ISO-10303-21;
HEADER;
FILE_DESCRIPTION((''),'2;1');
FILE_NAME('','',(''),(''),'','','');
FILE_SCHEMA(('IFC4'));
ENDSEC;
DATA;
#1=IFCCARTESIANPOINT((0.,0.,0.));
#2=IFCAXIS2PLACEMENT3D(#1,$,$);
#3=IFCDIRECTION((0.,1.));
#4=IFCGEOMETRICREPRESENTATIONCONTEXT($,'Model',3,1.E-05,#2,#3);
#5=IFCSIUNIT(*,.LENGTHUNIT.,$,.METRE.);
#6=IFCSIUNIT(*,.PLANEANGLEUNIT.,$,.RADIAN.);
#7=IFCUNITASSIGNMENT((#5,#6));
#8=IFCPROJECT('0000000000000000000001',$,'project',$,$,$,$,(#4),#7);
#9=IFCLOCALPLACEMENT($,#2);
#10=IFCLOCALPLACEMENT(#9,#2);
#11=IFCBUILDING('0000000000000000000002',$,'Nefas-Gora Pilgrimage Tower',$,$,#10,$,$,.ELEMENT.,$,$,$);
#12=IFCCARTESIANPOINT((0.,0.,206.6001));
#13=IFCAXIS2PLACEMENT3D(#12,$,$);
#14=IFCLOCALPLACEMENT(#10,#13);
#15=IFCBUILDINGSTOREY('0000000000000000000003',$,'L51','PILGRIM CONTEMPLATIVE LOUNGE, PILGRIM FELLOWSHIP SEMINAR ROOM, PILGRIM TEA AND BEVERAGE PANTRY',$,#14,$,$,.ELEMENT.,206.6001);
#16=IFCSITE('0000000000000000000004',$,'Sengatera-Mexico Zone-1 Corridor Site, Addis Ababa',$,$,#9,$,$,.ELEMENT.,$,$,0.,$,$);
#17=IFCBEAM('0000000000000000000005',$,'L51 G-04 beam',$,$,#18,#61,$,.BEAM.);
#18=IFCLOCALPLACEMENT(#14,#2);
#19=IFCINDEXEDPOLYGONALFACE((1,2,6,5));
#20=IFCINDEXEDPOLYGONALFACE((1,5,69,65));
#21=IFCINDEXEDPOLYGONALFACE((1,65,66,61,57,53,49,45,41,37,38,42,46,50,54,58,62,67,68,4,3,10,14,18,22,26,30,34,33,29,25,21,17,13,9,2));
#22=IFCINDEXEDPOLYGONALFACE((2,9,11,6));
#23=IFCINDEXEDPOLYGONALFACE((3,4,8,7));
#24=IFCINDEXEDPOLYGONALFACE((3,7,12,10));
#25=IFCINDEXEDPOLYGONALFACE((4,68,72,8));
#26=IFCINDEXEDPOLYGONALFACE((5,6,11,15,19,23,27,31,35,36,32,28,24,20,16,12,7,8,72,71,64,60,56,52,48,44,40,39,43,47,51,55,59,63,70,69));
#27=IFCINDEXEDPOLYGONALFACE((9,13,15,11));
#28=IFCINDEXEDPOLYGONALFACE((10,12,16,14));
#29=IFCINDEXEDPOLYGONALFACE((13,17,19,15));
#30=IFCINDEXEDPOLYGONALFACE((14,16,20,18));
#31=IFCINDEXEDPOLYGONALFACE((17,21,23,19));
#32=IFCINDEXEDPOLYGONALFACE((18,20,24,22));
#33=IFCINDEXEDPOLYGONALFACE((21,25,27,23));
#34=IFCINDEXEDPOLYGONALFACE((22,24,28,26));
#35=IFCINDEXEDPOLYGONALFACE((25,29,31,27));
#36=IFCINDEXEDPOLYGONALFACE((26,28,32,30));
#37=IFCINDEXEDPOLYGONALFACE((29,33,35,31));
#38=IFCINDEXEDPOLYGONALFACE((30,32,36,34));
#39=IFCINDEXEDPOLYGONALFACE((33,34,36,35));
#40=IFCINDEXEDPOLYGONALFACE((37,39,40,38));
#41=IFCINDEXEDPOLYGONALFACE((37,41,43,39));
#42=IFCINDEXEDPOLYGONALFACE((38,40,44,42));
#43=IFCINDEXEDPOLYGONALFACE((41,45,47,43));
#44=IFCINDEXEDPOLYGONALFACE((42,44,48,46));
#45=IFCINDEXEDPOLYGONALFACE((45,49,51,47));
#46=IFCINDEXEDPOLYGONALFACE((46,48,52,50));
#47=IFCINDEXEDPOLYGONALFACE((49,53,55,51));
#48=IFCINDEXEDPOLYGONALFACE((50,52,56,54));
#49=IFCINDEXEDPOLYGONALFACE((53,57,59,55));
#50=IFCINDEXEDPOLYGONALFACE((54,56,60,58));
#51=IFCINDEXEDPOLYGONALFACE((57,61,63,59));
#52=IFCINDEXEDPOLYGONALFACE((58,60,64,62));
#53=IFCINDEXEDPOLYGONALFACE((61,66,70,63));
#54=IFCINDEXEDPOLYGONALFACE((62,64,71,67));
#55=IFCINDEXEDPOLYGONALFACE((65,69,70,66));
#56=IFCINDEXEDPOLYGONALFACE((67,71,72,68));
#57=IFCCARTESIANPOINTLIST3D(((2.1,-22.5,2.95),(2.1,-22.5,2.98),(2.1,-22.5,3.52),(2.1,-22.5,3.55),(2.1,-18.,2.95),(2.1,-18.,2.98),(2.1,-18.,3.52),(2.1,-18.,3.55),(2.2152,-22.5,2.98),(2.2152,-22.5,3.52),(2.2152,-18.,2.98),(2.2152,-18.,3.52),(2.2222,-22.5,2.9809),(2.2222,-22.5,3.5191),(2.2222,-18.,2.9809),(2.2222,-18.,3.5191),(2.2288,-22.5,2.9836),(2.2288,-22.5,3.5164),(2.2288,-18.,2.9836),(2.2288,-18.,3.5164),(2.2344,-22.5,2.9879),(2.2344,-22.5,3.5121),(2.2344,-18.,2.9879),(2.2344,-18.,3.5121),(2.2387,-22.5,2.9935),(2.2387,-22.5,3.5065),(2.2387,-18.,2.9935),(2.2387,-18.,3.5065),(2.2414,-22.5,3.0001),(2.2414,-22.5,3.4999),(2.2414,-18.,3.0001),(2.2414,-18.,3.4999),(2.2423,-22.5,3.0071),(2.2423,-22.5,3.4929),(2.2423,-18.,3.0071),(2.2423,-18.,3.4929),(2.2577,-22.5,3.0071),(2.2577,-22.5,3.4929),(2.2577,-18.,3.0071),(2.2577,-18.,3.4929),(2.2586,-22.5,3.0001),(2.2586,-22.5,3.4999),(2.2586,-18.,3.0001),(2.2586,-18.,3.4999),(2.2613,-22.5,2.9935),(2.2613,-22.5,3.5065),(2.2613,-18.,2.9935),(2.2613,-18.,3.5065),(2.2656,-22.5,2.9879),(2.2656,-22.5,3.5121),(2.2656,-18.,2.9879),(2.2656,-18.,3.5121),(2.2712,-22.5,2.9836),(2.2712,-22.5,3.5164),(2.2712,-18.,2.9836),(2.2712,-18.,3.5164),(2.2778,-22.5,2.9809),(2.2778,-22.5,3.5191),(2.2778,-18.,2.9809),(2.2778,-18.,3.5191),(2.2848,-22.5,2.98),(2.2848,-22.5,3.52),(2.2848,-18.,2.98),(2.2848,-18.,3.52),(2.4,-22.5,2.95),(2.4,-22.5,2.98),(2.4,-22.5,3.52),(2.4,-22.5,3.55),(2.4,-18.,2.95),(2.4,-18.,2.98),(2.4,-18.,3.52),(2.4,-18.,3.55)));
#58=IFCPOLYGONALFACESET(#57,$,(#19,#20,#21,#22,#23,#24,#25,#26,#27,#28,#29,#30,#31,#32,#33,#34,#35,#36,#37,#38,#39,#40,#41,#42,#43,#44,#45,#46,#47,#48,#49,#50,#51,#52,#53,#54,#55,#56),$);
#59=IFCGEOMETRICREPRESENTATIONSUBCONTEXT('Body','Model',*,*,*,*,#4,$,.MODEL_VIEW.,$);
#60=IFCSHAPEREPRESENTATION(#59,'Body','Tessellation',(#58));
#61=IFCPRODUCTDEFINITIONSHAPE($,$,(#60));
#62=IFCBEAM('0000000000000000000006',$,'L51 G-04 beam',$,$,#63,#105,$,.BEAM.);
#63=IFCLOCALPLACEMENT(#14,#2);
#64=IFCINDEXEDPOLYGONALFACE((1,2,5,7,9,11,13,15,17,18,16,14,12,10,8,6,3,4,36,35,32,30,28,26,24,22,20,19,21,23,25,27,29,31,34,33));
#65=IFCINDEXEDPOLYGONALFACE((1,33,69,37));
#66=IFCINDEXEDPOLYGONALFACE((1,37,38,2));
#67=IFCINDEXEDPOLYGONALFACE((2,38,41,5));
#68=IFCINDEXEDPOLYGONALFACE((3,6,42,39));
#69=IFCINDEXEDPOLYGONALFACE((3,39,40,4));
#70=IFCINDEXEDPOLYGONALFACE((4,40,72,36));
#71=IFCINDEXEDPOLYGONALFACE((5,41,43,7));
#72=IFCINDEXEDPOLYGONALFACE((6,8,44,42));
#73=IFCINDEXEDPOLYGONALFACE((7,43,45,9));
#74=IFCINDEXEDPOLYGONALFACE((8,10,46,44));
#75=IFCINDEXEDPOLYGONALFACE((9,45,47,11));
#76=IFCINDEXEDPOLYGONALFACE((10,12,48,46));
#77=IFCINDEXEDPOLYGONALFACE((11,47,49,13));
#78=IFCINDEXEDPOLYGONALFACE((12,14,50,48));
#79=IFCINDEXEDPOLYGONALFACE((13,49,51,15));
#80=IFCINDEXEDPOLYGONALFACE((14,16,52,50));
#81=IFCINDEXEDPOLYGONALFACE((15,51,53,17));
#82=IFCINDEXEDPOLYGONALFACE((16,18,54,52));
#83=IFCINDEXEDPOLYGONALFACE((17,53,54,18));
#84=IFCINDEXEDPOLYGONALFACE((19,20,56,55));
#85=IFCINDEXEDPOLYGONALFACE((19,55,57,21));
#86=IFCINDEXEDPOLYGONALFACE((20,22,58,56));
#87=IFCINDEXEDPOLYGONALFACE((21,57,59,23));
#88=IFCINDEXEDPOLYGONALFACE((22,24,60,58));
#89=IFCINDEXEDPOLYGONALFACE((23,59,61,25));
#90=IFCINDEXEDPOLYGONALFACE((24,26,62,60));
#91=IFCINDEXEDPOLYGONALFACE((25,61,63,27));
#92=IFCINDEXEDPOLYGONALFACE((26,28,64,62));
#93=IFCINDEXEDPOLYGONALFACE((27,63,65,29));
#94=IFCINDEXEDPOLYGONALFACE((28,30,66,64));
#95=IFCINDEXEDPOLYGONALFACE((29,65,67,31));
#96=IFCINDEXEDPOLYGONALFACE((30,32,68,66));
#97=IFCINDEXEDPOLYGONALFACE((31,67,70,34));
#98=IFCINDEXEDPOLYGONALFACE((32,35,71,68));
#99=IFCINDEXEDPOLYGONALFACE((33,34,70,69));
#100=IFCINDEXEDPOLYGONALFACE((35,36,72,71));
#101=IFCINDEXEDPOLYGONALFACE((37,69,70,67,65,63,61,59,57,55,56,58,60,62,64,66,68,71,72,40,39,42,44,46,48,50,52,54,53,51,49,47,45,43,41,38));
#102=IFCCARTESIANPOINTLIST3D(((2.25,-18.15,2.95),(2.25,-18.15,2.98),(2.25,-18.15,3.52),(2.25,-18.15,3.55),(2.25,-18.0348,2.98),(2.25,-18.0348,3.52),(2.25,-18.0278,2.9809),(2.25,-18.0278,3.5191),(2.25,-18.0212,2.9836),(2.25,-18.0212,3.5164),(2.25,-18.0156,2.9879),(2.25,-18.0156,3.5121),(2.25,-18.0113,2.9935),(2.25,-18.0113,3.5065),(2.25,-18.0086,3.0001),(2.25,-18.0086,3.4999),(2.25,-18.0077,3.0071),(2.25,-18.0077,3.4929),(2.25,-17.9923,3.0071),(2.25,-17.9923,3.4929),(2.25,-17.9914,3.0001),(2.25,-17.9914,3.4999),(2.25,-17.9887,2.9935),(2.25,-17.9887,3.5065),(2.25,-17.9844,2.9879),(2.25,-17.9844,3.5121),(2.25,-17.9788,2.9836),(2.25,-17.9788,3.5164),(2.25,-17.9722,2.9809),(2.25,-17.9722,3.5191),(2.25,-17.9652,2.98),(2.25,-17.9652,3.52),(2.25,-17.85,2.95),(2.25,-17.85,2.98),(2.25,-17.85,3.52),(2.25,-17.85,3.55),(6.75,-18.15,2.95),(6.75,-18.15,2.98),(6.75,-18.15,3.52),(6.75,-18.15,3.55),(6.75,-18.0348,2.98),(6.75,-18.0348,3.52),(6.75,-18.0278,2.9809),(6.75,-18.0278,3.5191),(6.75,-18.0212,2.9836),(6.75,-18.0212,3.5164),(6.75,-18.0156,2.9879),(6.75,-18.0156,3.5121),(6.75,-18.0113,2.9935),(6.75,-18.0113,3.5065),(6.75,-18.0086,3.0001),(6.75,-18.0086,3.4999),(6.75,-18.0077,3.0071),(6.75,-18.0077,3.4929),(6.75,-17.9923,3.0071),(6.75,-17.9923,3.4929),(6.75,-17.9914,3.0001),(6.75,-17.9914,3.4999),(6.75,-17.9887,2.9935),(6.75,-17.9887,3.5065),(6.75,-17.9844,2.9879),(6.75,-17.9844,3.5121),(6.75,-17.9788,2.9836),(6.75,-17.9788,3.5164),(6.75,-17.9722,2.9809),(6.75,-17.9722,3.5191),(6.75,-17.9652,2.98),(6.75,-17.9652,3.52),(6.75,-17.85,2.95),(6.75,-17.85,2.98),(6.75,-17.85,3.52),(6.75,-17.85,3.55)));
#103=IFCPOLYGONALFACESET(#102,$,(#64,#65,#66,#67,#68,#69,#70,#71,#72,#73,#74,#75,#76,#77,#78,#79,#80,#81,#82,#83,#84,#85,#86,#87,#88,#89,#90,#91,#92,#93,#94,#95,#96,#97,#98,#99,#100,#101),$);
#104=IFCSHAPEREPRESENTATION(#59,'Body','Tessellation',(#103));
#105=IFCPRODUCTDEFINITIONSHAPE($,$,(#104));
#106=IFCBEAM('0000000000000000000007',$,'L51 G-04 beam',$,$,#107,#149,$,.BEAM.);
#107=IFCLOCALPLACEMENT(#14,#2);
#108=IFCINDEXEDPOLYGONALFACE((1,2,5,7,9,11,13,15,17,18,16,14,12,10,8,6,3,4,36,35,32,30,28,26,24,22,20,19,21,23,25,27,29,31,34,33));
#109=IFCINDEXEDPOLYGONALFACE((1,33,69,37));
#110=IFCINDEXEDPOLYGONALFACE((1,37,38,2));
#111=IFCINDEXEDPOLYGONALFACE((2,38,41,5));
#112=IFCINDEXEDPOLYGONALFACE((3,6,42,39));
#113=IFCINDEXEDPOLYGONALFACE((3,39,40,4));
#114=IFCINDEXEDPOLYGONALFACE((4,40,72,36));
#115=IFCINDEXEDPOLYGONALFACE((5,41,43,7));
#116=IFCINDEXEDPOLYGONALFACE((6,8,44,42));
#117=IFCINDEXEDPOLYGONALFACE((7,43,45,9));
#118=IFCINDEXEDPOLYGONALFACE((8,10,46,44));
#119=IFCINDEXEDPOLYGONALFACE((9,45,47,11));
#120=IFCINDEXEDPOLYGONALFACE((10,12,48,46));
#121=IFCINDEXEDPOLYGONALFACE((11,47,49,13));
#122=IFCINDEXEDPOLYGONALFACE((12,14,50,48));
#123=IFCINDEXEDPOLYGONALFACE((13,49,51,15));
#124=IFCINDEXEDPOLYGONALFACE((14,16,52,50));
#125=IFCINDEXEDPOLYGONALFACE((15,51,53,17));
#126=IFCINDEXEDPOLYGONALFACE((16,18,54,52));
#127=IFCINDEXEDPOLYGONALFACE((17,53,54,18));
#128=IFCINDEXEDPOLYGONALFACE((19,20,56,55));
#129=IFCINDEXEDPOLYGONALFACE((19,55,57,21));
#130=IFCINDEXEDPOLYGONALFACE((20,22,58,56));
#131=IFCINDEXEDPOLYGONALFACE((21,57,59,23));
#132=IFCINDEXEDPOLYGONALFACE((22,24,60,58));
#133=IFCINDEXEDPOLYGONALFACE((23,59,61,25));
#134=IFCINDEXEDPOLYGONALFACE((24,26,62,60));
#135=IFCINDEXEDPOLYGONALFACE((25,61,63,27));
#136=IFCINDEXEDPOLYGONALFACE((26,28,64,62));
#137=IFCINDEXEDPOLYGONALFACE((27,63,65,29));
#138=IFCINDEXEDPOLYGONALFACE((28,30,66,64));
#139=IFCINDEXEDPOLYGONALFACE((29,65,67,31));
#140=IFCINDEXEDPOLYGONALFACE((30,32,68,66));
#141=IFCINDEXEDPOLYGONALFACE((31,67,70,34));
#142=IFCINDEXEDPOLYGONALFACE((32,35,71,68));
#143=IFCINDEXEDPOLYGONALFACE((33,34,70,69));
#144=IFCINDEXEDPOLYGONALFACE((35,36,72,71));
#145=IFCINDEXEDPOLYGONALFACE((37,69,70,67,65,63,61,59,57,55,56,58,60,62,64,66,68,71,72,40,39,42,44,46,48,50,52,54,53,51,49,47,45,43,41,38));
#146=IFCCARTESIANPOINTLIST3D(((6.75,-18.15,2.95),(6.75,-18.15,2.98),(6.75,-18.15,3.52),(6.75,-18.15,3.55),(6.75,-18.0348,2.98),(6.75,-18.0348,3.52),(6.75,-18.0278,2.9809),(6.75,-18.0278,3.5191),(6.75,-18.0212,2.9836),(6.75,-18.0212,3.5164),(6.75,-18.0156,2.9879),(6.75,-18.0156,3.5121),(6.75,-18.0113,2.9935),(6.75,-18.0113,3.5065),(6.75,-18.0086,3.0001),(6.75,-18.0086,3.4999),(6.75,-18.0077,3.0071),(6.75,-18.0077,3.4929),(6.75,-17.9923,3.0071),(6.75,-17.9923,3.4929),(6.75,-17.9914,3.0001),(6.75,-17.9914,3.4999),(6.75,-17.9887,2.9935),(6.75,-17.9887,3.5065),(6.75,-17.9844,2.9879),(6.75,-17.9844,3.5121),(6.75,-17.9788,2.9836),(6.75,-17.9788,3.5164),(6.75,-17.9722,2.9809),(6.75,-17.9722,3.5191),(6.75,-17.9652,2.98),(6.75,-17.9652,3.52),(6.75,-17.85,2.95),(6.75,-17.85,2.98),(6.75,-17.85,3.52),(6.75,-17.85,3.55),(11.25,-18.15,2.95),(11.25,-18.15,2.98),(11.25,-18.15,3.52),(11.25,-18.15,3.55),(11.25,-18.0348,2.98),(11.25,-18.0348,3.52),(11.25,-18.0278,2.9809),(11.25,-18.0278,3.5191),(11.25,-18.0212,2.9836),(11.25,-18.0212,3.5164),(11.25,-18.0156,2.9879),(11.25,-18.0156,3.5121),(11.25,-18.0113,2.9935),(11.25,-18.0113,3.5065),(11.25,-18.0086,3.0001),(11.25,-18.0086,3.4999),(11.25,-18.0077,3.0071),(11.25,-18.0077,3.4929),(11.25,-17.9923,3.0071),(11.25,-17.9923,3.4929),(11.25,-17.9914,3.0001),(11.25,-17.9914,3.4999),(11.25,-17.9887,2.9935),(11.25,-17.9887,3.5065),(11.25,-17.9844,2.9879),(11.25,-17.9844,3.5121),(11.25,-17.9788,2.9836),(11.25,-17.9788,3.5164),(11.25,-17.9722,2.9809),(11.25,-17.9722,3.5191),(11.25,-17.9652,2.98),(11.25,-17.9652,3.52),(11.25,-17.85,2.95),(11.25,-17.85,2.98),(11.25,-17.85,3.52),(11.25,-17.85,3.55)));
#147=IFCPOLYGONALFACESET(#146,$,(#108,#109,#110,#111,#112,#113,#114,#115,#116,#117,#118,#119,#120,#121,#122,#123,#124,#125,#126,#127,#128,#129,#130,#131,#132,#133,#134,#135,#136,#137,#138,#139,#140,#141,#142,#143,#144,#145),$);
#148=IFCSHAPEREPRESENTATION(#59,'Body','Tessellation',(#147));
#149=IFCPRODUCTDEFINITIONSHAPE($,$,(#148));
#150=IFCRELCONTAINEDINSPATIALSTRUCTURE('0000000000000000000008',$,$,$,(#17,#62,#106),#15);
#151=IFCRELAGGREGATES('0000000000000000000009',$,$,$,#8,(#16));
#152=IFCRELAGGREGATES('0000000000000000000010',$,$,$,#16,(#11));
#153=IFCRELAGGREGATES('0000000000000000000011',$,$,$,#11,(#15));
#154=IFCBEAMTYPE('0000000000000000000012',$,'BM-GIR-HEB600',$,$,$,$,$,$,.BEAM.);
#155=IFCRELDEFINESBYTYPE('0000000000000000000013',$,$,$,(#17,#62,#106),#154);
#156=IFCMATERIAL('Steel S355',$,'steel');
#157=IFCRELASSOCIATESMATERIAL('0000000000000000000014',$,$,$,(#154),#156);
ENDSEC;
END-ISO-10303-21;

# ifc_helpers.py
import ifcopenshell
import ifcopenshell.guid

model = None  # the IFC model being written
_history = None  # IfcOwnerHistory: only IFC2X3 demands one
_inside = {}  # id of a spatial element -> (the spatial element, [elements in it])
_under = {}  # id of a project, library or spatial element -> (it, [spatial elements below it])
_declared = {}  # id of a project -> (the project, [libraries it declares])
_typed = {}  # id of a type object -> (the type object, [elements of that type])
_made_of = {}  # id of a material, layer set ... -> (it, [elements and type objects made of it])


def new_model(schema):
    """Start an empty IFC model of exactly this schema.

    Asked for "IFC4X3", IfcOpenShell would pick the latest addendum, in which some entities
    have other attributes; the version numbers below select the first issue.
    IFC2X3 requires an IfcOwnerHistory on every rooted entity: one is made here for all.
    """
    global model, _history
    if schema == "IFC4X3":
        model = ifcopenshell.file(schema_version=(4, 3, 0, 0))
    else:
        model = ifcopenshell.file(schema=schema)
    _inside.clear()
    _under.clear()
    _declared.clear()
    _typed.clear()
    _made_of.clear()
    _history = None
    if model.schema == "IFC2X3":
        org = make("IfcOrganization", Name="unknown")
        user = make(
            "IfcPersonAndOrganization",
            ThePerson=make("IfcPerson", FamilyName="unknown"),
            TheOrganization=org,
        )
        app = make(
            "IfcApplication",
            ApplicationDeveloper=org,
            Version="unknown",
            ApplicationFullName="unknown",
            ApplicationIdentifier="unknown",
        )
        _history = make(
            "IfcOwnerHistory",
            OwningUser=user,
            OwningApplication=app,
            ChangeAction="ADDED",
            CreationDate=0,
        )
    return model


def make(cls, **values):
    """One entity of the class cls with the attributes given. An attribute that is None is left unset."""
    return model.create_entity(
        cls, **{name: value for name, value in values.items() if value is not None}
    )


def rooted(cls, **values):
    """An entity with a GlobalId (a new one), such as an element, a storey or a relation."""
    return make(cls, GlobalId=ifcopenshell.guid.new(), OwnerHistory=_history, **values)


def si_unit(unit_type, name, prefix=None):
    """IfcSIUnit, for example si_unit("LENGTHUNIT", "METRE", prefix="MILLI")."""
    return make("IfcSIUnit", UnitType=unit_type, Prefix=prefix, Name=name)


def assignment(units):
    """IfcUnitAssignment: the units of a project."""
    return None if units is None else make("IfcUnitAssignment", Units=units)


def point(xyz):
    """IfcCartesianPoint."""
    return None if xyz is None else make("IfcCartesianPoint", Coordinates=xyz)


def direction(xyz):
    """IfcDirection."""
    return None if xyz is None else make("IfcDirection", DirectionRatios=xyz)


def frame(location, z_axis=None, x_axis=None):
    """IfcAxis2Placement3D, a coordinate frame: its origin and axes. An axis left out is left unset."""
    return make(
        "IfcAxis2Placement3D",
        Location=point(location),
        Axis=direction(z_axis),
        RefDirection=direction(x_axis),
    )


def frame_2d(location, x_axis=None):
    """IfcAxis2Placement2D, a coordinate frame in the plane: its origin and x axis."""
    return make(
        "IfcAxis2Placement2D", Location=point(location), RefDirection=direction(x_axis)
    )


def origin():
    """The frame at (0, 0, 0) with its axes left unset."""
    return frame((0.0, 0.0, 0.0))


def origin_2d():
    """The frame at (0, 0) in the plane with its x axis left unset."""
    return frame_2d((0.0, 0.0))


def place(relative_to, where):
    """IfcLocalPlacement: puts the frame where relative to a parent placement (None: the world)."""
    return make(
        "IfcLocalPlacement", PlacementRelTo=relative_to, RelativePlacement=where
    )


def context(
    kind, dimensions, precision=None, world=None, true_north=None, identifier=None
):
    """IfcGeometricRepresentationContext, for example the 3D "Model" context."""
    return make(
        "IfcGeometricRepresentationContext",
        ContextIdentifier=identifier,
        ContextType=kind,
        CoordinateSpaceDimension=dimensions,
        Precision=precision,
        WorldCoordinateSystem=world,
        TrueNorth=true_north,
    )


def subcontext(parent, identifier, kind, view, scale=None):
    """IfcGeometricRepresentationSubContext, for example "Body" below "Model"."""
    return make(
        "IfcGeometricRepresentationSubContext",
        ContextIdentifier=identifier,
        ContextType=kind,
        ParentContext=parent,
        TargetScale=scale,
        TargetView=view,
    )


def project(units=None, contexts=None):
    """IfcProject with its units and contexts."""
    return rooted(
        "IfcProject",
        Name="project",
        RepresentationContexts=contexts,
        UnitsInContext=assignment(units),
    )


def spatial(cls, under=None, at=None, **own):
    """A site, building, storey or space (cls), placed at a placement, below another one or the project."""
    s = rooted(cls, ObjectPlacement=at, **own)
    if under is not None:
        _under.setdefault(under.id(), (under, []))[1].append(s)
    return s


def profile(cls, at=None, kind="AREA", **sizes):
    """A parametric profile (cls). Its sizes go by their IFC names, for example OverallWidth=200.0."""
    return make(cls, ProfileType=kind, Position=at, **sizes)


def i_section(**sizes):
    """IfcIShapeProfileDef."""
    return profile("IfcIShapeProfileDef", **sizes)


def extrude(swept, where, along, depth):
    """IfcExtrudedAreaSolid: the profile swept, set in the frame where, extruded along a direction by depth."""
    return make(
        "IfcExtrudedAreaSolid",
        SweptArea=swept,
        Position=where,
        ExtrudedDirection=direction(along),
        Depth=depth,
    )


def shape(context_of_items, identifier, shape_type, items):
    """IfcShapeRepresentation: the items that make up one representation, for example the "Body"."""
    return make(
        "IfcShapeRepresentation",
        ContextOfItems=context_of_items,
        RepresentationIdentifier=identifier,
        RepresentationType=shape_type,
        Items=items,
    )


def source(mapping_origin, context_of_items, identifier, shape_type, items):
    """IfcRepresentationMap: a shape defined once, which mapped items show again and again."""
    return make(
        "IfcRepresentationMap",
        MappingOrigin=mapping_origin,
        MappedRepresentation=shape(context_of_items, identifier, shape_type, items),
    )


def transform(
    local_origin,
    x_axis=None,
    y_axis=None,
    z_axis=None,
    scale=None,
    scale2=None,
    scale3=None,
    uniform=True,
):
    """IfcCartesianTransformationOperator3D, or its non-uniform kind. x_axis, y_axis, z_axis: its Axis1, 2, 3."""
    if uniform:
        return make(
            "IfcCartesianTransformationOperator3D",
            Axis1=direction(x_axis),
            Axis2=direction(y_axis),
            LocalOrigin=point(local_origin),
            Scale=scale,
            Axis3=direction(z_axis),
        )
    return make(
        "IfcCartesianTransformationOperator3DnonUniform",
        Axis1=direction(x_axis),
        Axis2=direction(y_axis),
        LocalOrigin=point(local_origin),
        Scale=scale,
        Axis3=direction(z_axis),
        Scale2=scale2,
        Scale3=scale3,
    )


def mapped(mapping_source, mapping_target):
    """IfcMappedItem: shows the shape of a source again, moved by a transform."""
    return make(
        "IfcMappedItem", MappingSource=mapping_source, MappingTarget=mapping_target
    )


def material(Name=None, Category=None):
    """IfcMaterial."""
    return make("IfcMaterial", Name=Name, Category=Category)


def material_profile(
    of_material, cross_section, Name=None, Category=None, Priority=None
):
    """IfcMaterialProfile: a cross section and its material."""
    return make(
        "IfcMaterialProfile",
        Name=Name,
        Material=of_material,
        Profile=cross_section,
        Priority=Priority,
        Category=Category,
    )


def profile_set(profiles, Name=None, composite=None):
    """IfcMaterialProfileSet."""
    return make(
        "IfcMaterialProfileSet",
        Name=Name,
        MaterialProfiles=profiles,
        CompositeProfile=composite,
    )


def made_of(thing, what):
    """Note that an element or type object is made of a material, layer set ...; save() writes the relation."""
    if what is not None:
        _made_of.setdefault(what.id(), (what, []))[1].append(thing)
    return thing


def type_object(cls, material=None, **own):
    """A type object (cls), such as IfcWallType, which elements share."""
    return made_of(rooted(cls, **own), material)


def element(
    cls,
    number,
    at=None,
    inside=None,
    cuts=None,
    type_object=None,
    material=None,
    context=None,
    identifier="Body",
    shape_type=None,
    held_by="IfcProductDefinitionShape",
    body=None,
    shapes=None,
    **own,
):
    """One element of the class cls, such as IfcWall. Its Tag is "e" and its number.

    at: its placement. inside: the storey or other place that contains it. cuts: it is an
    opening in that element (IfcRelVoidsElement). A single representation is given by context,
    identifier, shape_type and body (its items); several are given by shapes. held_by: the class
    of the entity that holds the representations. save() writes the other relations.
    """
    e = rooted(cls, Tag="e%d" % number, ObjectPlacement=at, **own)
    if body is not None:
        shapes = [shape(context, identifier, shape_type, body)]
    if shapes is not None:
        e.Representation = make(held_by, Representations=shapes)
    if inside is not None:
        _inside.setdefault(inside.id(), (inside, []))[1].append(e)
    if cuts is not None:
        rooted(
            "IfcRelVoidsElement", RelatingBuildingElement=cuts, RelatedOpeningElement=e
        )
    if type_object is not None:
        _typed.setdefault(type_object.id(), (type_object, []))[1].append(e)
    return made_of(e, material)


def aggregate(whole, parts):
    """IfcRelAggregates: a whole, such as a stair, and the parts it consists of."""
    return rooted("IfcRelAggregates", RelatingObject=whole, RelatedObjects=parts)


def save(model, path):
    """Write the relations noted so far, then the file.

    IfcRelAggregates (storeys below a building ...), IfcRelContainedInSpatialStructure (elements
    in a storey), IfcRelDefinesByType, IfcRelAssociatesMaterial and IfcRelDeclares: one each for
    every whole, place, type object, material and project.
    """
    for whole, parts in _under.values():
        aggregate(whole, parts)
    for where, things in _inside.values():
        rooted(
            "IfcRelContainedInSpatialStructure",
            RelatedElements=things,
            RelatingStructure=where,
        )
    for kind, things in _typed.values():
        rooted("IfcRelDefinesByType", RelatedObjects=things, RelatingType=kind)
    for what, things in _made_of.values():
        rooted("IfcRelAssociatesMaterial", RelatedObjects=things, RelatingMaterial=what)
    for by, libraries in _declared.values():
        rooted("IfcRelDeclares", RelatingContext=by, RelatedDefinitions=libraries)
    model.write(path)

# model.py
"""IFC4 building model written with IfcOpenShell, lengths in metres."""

from ifc_helpers import new_model, si_unit, direction, frame, origin, origin_2d, place, context, subcontext, project, spatial, i_section, extrude, source, transform, mapped, material, material_profile, profile_set, type_object, element, save


model = new_model("IFC4")

# Units and contexts
model_context = context("Model", 3, precision=1e-05, world=origin(), true_north=direction((0.0, 1.0)))
body_context = subcontext(model_context, "Body", "Model", "MODEL_VIEW")
ifc_project = project(units=[si_unit("LENGTHUNIT", "METRE"), si_unit("PLANEANGLEUNIT", "RADIAN")], contexts=[model_context])

# Site, building, storey
site_placement = place(None, origin())
site = spatial("IfcSite", under=ifc_project, at=site_placement, Name="Sengatera-Mexico Zone-1 Corridor Site, Addis Ababa", CompositionType="ELEMENT", RefElevation=0.0)
building_placement = place(site_placement, origin())
building = spatial("IfcBuilding", under=site, at=building_placement, Name="Nefas-Gora Pilgrimage Tower", CompositionType="ELEMENT")
storey_placement = place(building_placement, frame((0.0, 0.0, 206.6001)))
storey = spatial("IfcBuildingStorey", under=building, at=storey_placement, Name="L51", Description="PILGRIM CONTEMPLATIVE LOUNGE, PILGRIM FELLOWSHIP SEMINAR ROOM, PILGRIM TEA AND BEVERAGE PANTRY", CompositionType="ELEMENT", Elevation=206.6001)

# Beams
ifc_material_1 = material(Name="Steel S355", Category="steel")
ifc_material_profile_1 = material_profile(ifc_material_1, i_section(OverallWidth=0.3, OverallDepth=0.6001, WebThickness=0.0154, FlangeThickness=0.03, FilletRadius=0.0271, at=origin_2d()), Name="HEB 600")
ifc_profile_set_1 = profile_set([ifc_material_profile_1], Name="Steel S355")
beam_type = type_object("IfcBeamType", Name="BM-GIR-HEB600", PredefinedType="BEAM", material=ifc_profile_set_1)
shared_shape_1 = source(origin(), body_context, "Body", "SweptSolid", [
    extrude(i_section(OverallWidth=0.3, OverallDepth=0.6001, WebThickness=0.0154, FlangeThickness=0.03, FilletRadius=0.0271, at=origin_2d()), origin(), (0.0, 0.0, 1.0), 4.5),
])
for number, where, z_axis, x_axis, name in (
    (1, (2.25, -22.5, 3.25), (0.0, 1.0, 0.0), (-1.0, 0.0, 0.0), "L51 G-04 beam"),
    (2, (2.25, -18.0, 3.25), (1.0, 0.0, 0.0), (0.0, 1.0, 0.0), "L51 G-04 beam"),
    (3, (6.75, -18.0, 3.25), (1.0, 0.0, 0.0), (0.0, 1.0, 0.0), "L51 G-04 beam"),
):
    element("IfcBeam", number, at=place(storey_placement, frame(where, z_axis=z_axis, x_axis=x_axis)), inside=storey, type_object=beam_type, Name=name, PredefinedType="BEAM", context=body_context, shape_type="MappedRepresentation", body=[
        mapped(shared_shape_1, transform((0.0, 0.0, 0.0), x_axis=(1.0, 0.0, 0.0), y_axis=(0.0, 1.0, 0.0), z_axis=(0.0, 0.0, 1.0), scale=1.0)),
    ])

save(model, "model.ifc")
